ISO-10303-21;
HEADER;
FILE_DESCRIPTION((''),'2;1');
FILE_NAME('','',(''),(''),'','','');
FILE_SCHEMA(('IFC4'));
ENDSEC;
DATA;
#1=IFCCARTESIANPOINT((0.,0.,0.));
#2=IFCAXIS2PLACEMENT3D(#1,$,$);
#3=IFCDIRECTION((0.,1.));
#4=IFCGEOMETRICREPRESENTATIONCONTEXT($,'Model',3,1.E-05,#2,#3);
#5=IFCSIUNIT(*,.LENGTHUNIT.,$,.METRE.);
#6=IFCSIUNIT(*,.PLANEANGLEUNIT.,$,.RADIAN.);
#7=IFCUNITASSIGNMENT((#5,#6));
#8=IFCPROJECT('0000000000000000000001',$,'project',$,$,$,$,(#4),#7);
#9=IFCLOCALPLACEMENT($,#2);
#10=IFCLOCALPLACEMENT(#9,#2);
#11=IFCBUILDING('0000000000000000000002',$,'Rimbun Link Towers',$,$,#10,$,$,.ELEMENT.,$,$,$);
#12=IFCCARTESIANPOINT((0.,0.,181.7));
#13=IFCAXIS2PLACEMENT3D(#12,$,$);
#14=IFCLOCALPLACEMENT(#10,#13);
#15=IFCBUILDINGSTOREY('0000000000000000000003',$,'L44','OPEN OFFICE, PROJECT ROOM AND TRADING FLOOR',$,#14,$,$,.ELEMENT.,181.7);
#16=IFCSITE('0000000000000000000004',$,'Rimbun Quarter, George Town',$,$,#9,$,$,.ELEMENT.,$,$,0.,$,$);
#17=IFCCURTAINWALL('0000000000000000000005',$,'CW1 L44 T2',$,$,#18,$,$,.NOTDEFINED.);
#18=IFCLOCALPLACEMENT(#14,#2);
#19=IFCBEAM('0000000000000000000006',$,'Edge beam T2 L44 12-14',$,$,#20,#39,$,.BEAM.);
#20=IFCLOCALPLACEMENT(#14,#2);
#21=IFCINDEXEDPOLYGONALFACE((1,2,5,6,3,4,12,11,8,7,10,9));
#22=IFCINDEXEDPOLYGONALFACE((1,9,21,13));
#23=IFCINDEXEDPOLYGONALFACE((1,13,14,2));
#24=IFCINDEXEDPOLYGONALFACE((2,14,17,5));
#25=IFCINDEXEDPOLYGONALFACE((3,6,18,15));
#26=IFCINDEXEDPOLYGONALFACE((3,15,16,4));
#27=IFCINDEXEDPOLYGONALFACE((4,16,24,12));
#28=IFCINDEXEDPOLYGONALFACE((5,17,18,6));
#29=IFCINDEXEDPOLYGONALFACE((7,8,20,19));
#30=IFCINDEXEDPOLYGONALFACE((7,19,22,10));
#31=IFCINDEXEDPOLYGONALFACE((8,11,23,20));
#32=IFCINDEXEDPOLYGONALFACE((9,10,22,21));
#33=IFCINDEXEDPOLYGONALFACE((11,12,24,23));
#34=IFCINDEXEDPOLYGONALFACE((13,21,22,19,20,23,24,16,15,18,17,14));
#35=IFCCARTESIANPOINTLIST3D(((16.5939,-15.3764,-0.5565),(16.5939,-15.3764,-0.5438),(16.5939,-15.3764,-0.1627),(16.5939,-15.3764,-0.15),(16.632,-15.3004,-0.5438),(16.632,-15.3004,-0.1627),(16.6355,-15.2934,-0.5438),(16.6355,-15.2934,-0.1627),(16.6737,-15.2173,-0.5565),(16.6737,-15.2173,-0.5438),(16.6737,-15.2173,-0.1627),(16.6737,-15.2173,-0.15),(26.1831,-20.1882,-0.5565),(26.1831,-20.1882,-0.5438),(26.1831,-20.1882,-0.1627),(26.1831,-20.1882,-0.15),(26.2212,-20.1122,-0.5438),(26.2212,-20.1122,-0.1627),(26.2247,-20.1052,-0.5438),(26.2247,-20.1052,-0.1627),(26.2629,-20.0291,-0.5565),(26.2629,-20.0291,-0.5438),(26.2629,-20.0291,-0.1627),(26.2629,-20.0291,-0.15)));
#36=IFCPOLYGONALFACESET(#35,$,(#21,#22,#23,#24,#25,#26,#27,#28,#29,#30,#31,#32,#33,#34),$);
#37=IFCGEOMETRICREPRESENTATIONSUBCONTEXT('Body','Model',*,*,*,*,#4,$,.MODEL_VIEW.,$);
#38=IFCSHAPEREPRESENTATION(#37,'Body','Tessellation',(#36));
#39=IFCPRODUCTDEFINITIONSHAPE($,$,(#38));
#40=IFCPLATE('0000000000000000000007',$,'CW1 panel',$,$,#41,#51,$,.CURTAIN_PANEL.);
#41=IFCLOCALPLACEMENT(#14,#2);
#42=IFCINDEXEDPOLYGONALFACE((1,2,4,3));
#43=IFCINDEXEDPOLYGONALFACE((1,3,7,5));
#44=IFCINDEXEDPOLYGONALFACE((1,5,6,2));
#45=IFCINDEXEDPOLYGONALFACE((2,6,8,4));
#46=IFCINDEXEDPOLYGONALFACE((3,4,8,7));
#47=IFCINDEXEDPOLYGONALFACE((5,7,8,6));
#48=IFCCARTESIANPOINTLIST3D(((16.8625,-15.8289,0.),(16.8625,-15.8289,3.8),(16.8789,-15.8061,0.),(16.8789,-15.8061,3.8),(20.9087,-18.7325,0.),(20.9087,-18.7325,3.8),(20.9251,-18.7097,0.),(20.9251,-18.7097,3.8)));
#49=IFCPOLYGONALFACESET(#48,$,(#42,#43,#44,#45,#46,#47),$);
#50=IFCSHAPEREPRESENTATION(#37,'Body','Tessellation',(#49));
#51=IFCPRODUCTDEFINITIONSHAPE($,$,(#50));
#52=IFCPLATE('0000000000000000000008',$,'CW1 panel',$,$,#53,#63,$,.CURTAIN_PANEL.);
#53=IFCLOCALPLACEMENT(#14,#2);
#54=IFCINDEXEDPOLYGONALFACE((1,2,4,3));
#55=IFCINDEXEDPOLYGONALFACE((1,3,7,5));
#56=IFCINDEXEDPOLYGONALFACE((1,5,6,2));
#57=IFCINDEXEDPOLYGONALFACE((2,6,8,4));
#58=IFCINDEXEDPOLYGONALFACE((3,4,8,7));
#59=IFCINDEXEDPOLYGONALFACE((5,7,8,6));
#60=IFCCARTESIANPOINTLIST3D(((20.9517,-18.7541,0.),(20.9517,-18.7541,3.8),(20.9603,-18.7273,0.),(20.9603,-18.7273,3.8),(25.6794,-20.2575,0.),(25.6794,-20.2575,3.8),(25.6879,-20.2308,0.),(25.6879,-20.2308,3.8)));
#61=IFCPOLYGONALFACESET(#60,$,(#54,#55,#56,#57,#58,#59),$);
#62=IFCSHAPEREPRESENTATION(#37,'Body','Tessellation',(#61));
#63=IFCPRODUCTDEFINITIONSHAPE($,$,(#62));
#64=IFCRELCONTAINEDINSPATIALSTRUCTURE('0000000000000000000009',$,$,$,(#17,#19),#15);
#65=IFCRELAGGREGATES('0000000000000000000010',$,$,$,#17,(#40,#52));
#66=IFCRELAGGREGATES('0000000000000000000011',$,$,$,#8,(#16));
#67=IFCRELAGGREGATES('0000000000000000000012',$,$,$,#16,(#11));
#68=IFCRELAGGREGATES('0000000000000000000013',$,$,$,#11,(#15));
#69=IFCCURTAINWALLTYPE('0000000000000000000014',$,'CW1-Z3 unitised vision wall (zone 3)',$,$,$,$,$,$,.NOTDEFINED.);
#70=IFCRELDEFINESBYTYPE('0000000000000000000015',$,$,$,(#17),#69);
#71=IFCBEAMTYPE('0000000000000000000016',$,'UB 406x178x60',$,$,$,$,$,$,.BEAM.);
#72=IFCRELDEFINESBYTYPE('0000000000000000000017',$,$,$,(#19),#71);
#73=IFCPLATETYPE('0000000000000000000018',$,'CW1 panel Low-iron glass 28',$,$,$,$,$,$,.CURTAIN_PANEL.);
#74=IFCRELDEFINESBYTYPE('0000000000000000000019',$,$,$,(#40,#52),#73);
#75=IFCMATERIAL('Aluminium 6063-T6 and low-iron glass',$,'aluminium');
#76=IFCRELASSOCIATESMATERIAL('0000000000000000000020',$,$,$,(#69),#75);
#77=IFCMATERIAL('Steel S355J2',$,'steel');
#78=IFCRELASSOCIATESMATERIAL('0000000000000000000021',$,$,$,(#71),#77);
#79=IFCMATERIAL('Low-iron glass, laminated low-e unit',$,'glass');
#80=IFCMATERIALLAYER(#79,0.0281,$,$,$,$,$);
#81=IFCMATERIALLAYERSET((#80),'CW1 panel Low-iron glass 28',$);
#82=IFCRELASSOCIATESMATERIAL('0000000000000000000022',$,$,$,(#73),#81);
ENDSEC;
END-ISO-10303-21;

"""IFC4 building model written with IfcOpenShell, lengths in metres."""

from ifc_helpers import new_model, si_unit, direction, frame, origin, origin_2d, place, context, subcontext, project, spatial, rectangle, i_section, extrude, material, layer, layer_set, material_profile, profile_set, type_object, element, aggregate, save


model = new_model("IFC4")

# Units and contexts
model_context = context("Model", 3, precision=1e-05, world=origin(), true_north=direction((0.0, 1.0)))
body_context = subcontext(model_context, "Body", "Model", "MODEL_VIEW")
ifc_project = project(units=[si_unit("LENGTHUNIT", "METRE"), si_unit("PLANEANGLEUNIT", "RADIAN")], contexts=[model_context])

# Site, building, storey
site_placement = place(None, origin())
site = spatial("IfcSite", under=ifc_project, at=site_placement, Name="Rimbun Quarter, George Town", CompositionType="ELEMENT", RefElevation=0.0)
building_placement = place(site_placement, origin())
building = spatial("IfcBuilding", under=site, at=building_placement, Name="Rimbun Link Towers", CompositionType="ELEMENT")
storey_placement = place(building_placement, frame((0.0, 0.0, 181.7)))
storey = spatial("IfcBuildingStorey", under=building, at=storey_placement, Name="L44", Description="OPEN OFFICE, PROJECT ROOM AND TRADING FLOOR", CompositionType="ELEMENT", Elevation=181.7)

# Curtain wall
ifc_material_1 = material(Name="Aluminium 6063-T6 and low-iron glass", Category="aluminium")
curtain_wall_type = type_object("IfcCurtainWallType", Name="CW1-Z3 unitised vision wall (zone 3)", PredefinedType="NOTDEFINED", material=ifc_material_1)
curtain_wall_placement = place(storey_placement, origin())
curtain_wall = element("IfcCurtainWall", 1, at=curtain_wall_placement, inside=storey, type_object=curtain_wall_type, Name="CW1 L44 T2", PredefinedType="NOTDEFINED")

# Beam
ifc_material_2 = material(Name="Steel S355J2", Category="steel")
ifc_material_profile_1 = material_profile(ifc_material_2, i_section(OverallWidth=0.178, OverallDepth=0.4065, WebThickness=0.0078, FlangeThickness=0.0127, at=origin_2d()), Name="UB 406x178x60")
ifc_profile_set_1 = profile_set([ifc_material_profile_1], Name="Steel S355J2")
beam_type_1 = type_object("IfcBeamType", Name="UB 406x178x60", PredefinedType="BEAM", material=ifc_profile_set_1)
beam_1_placement = place(storey_placement, frame((16.6338, -15.2969, -0.3533), z_axis=(0.893785, -0.448497, 0.0), x_axis=(0.448497, 0.893785, 0.0)))
element("IfcBeam", 2, at=beam_1_placement, inside=storey, type_object=beam_type_1, Name="Edge beam T2 L44 12-14", PredefinedType="BEAM", context=body_context, shape_type="SweptSolid", body=[
    extrude(i_section(OverallWidth=0.178, OverallDepth=0.4065, WebThickness=0.0078, FlangeThickness=0.0127, at=origin_2d()), origin(), (0.0, 0.0, 1.0), 10.7288),
])

# Plates
ifc_material_3 = material(Name="Low-iron glass, laminated low-e unit", Category="glass")
ifc_layer = layer(ifc_material_3, 0.0281)
ifc_layer_set = layer_set([ifc_layer], Name="CW1 panel Low-iron glass 28")
plate_type = type_object("IfcPlateType", Name="CW1 panel Low-iron glass 28", PredefinedType="CURTAIN_PANEL", material=ifc_layer_set)
plate_1_placement = place(storey_placement, frame((18.8938, -17.2693, 0.0), z_axis=(0.0, 0.0, 1.0), x_axis=(-0.812461, 0.583015, 0.0)))
plate_1 = element("IfcPlate", 3, at=plate_1_placement, type_object=plate_type, Name="CW1 panel", PredefinedType="CURTAIN_PANEL", context=body_context, shape_type="SweptSolid", body=[
    extrude(rectangle(XDim=4.9802, YDim=0.0281, at=origin_2d()), origin(), (0.0, 0.0, 1.0), 3.8),
])
plate_2_placement = place(storey_placement, frame((23.3198, -19.4924, 0.0), z_axis=(0.0, 0.0, 1.0), x_axis=(-0.952974, 0.303053, 0.0)))
plate_2 = element("IfcPlate", 4, at=plate_2_placement, type_object=plate_type, Name="CW1 panel", PredefinedType="CURTAIN_PANEL", context=body_context, shape_type="SweptSolid", body=[
    extrude(rectangle(XDim=4.9609, YDim=0.0281, at=origin_2d()), origin(), (0.0, 0.0, 1.0), 3.8),
])
aggregate(curtain_wall, [plate_1, plate_2])

save(model, "model.ifc")
